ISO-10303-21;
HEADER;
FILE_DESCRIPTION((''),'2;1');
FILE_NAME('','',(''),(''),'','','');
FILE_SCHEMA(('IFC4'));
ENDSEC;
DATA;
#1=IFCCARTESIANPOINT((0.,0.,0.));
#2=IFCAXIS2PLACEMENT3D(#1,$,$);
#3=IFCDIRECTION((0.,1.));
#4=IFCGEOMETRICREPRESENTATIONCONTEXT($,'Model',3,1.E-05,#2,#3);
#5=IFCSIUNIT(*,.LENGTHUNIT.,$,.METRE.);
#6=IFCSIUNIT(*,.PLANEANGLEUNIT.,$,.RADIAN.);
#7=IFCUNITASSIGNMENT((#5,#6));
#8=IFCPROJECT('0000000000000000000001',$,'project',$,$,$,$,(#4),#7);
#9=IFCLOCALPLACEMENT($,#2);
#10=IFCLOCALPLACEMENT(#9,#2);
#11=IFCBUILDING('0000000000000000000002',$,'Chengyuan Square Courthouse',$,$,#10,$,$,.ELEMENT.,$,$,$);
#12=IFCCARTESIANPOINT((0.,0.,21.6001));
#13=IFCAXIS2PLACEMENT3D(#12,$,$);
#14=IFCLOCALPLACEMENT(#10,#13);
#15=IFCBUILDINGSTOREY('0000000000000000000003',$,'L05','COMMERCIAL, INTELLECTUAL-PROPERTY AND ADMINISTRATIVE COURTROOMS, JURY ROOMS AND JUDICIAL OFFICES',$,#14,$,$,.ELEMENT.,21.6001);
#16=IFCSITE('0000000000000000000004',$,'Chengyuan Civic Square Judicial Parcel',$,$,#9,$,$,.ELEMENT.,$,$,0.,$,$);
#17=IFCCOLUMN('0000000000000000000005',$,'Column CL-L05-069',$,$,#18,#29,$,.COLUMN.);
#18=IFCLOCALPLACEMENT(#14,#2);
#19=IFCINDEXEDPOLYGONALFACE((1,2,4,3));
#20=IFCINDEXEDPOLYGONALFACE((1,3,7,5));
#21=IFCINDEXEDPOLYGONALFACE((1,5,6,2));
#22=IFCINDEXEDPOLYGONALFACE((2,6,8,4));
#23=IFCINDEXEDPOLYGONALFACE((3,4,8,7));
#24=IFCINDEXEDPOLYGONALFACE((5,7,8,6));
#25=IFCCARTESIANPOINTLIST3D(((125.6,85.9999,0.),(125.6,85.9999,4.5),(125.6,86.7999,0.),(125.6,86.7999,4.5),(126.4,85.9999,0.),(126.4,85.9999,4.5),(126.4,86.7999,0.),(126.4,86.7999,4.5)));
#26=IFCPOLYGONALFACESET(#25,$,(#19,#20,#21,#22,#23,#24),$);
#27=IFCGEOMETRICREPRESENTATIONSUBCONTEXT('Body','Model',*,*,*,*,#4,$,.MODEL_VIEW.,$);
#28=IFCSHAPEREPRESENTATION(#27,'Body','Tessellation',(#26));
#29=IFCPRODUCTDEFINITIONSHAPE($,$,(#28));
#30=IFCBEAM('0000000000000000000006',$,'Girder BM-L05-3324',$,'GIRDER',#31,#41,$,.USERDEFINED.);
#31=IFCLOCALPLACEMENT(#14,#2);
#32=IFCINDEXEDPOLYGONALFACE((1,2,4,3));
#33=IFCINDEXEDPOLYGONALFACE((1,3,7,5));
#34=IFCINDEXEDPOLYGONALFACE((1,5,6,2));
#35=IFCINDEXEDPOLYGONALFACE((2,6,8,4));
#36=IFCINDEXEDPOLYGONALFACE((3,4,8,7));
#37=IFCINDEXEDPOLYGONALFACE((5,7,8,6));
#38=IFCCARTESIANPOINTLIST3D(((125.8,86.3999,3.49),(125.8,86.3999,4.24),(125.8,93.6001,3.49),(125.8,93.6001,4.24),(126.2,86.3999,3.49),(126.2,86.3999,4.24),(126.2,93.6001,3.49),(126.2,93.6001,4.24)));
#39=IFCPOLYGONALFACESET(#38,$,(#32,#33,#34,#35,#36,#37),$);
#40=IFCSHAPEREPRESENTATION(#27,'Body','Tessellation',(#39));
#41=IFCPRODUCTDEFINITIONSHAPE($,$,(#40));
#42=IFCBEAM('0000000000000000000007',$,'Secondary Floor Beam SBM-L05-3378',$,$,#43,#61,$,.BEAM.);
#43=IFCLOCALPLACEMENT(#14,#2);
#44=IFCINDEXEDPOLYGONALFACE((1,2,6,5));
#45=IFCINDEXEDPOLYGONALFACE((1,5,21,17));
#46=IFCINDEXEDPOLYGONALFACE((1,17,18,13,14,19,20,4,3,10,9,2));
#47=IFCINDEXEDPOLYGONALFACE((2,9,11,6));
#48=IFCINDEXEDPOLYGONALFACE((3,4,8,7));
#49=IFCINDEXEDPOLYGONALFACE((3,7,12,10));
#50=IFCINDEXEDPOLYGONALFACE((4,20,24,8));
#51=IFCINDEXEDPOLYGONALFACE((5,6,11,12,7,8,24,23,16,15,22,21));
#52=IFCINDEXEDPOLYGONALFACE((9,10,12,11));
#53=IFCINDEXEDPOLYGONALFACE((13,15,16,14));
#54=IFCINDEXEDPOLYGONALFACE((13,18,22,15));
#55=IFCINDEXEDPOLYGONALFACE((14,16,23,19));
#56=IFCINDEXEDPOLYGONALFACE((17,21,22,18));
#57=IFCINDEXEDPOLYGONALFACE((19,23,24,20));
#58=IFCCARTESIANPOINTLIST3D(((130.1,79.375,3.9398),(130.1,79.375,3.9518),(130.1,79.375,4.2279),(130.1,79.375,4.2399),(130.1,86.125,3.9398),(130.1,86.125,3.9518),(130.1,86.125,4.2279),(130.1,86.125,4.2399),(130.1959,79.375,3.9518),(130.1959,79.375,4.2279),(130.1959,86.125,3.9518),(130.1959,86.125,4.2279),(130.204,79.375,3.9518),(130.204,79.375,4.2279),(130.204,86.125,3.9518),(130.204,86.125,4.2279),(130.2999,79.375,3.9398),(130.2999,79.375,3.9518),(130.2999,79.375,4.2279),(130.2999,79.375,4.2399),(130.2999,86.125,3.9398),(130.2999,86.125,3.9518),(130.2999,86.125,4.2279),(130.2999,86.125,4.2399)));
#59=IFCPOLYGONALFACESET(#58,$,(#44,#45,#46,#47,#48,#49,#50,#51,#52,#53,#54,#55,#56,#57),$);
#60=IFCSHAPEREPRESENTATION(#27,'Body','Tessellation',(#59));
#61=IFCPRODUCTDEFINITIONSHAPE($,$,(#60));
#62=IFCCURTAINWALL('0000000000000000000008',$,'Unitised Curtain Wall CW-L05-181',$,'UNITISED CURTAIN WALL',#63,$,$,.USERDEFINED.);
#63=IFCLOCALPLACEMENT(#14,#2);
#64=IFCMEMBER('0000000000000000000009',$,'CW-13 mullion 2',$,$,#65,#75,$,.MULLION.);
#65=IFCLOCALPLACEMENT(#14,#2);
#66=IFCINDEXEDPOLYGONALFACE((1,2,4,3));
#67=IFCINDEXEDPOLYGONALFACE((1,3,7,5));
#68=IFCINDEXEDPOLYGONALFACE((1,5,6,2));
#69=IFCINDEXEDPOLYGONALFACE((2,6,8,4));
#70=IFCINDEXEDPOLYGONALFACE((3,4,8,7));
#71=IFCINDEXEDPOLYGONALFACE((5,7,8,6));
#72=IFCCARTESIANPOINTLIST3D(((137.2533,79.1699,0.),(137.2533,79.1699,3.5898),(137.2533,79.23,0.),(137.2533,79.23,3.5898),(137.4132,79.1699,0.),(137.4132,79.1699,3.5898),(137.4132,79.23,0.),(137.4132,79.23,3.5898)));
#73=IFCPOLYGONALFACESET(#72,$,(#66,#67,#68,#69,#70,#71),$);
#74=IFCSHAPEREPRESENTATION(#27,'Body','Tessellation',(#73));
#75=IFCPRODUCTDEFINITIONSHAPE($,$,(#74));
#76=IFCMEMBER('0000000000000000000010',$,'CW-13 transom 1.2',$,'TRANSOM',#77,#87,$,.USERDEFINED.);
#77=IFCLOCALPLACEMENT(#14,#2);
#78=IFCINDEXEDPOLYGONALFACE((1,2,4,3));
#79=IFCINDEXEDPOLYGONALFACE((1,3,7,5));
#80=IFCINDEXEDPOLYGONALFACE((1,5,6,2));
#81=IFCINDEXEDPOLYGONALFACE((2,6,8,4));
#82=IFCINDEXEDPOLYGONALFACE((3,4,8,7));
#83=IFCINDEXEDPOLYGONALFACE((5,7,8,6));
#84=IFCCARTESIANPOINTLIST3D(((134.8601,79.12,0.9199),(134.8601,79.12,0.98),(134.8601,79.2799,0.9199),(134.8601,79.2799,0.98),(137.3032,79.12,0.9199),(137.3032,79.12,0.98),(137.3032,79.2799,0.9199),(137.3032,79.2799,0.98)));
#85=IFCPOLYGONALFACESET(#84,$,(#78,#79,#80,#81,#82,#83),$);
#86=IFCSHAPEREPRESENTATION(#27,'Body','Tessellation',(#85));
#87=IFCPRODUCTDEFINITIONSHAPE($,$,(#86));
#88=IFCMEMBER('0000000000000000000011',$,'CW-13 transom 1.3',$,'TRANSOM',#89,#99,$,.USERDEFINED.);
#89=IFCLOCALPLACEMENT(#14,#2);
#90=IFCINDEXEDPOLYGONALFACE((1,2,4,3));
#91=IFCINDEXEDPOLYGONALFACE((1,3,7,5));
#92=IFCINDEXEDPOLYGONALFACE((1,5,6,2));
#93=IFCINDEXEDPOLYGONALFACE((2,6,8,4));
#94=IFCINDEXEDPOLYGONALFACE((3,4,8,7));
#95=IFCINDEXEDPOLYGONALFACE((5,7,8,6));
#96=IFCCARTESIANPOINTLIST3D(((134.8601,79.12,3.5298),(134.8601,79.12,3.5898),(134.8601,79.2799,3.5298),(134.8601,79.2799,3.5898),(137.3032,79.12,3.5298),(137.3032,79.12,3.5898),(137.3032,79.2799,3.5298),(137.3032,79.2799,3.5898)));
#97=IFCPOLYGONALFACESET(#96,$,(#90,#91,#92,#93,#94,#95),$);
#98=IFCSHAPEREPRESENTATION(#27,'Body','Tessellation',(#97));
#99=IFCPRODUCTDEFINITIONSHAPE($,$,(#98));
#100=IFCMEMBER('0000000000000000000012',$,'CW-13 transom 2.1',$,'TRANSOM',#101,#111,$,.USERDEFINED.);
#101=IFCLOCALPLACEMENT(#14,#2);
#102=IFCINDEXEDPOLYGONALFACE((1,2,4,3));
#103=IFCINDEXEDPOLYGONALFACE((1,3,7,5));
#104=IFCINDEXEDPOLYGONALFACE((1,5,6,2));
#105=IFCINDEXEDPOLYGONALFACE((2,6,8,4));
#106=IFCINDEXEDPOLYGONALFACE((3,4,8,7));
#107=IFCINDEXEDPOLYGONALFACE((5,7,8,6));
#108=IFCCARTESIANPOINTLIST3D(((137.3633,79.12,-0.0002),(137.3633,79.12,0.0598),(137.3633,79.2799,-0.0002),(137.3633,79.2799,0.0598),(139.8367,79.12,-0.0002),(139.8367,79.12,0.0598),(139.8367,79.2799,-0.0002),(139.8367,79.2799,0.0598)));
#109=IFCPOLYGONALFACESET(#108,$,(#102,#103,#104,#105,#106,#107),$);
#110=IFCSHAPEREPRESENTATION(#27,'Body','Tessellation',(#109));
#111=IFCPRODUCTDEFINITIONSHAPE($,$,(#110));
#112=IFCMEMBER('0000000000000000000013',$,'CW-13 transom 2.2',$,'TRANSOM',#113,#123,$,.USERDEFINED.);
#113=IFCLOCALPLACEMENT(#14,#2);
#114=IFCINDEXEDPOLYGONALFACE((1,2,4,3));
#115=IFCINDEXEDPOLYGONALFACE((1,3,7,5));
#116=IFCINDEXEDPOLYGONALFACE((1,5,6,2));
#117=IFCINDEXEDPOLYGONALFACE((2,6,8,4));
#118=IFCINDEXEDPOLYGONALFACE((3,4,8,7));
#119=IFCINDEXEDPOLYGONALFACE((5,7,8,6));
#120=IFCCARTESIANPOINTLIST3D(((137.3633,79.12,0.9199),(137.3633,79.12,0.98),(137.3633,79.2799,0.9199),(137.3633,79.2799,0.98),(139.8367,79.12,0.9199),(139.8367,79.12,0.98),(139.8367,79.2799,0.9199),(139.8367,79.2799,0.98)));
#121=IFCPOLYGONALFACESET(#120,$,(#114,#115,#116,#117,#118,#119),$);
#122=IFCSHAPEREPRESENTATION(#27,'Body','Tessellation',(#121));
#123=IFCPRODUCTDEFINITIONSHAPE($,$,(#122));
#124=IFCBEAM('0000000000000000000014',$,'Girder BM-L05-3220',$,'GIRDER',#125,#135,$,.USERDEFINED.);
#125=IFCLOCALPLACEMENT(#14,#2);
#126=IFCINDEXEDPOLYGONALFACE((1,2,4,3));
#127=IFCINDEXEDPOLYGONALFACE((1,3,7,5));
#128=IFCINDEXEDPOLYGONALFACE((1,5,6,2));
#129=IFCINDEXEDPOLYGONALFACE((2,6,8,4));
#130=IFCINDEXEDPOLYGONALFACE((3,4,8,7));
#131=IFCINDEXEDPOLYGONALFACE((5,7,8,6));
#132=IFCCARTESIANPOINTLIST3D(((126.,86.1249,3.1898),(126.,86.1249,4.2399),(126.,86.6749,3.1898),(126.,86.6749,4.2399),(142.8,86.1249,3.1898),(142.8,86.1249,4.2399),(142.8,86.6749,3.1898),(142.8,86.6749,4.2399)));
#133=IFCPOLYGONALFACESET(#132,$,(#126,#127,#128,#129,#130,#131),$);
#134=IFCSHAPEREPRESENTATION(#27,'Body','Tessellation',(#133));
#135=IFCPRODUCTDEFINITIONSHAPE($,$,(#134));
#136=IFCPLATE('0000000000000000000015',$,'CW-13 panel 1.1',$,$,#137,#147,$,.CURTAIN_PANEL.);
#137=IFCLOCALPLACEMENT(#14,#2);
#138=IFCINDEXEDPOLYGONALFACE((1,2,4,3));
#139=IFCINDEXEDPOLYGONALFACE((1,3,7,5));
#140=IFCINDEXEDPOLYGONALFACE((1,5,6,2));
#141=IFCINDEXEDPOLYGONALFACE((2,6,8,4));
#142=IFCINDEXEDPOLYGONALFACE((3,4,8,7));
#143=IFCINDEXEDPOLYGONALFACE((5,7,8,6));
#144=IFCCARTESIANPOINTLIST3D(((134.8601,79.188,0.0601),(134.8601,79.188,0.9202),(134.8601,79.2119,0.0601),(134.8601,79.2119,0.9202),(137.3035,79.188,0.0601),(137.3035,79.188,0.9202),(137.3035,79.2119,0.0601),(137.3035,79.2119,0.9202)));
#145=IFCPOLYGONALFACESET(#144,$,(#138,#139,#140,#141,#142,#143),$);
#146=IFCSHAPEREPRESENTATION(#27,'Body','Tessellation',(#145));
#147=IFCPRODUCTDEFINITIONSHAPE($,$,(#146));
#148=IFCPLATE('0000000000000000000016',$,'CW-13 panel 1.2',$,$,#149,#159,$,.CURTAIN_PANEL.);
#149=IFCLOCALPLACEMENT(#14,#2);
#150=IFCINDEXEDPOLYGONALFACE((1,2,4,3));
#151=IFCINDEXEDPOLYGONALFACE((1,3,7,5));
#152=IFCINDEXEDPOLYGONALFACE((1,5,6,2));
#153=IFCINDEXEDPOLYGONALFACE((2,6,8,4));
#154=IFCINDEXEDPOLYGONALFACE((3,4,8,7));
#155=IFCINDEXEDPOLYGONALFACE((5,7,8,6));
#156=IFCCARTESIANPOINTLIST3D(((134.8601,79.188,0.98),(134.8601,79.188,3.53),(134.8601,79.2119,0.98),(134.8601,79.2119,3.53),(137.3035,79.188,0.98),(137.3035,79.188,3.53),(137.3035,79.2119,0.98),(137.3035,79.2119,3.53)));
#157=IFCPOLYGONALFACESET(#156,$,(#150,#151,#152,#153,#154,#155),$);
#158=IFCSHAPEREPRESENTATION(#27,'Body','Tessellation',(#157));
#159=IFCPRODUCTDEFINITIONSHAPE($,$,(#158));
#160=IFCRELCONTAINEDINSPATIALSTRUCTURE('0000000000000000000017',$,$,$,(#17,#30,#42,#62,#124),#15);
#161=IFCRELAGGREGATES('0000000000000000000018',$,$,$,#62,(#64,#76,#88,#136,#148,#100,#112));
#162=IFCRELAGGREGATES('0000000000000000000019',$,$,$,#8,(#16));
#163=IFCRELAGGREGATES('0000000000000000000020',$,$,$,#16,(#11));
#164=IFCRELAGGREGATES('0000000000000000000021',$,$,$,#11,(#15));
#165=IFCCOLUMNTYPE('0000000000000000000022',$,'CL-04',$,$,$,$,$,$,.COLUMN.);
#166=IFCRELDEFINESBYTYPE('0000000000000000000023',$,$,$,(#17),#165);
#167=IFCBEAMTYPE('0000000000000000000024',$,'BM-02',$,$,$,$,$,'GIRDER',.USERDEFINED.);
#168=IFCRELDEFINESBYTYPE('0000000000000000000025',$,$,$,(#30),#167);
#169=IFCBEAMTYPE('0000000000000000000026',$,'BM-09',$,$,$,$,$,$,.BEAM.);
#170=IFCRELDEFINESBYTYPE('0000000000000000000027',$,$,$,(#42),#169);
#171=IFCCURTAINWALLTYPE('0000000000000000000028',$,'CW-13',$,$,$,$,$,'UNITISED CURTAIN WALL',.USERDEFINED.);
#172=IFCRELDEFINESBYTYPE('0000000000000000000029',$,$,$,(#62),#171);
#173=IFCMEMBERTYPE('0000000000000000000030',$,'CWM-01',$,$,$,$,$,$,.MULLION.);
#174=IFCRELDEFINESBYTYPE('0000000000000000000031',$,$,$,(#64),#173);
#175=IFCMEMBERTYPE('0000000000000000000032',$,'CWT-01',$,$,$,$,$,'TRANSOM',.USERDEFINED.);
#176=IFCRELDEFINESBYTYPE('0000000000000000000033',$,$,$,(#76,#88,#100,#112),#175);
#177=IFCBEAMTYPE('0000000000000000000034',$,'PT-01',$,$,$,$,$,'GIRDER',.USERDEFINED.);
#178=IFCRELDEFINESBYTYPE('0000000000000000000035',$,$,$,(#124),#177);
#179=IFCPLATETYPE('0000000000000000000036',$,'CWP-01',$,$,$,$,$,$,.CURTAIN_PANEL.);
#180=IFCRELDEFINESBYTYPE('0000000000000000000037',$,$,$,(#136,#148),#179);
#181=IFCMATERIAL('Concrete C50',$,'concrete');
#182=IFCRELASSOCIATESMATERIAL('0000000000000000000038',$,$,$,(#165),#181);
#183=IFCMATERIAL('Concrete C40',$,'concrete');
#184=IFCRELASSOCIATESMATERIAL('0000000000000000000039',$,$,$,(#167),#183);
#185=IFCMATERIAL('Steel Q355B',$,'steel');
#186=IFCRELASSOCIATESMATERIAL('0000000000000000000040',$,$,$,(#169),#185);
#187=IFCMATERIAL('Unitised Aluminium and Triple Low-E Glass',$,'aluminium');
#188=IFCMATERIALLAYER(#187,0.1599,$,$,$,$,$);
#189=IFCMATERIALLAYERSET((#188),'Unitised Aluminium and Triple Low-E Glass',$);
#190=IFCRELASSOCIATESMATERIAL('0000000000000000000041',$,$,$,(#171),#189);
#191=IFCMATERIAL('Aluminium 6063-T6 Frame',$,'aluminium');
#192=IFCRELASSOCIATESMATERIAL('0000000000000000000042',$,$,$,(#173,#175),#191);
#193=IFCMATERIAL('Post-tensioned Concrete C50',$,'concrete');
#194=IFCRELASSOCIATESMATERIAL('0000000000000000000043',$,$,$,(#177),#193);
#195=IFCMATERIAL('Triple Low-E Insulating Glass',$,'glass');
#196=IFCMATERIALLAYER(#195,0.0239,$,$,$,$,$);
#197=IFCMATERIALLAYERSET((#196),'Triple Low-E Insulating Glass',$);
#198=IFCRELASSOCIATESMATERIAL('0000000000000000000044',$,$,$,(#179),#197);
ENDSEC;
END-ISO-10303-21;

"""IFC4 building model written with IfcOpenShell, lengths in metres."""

from ifc_helpers import new_model, si_unit, direction, frame, origin, origin_2d, place, context, subcontext, project, spatial, rectangle, i_section, extrude, material, layer, layer_set, material_profile, profile_set, type_object, element, aggregate, save


model = new_model("IFC4")

# Units and contexts
model_context = context("Model", 3, precision=1e-05, world=origin(), true_north=direction((0.0, 1.0)))
body_context = subcontext(model_context, "Body", "Model", "MODEL_VIEW")
ifc_project = project(units=[si_unit("LENGTHUNIT", "METRE"), si_unit("PLANEANGLEUNIT", "RADIAN")], contexts=[model_context])

# Site, building, storey
site_placement = place(None, origin())
site = spatial("IfcSite", under=ifc_project, at=site_placement, Name="Chengyuan Civic Square Judicial Parcel", CompositionType="ELEMENT", RefElevation=0.0)
building_placement = place(site_placement, origin())
building = spatial("IfcBuilding", under=site, at=building_placement, Name="Chengyuan Square Courthouse", CompositionType="ELEMENT")
storey_placement = place(building_placement, frame((0.0, 0.0, 21.6001)))
storey = spatial("IfcBuildingStorey", under=building, at=storey_placement, Name="L05", Description="COMMERCIAL, INTELLECTUAL-PROPERTY AND ADMINISTRATIVE COURTROOMS, JURY ROOMS AND JUDICIAL OFFICES", CompositionType="ELEMENT", Elevation=21.6001)

# Column
ifc_material_1 = material(Name="Concrete C50", Category="concrete")
ifc_material_profile_1 = material_profile(ifc_material_1, rectangle(XDim=0.8, YDim=0.8, at=origin_2d()), Name="RC-COL-800x800")
ifc_profile_set_1 = profile_set([ifc_material_profile_1], Name="Concrete C50")
column_type = type_object("IfcColumnType", Name="CL-04", PredefinedType="COLUMN", material=ifc_profile_set_1)
column_placement = place(storey_placement, frame((126.0, 86.3999, 0.0), z_axis=(0.0, 0.0, 1.0), x_axis=(1.0, 0.0, 0.0)))
element("IfcColumn", 1, at=column_placement, inside=storey, type_object=column_type, Name="Column CL-L05-069", PredefinedType="COLUMN", context=body_context, shape_type="SweptSolid", body=[
    extrude(rectangle(XDim=0.8, YDim=0.8, at=origin_2d()), origin(), (0.0, 0.0, 1.0), 4.5),
])

# Beams
ifc_material_2 = material(Name="Concrete C40", Category="concrete")
ifc_material_profile_2 = material_profile(ifc_material_2, rectangle(XDim=0.3999, YDim=0.75, at=origin_2d()), Name="RC-BM-400x750")
ifc_profile_set_2 = profile_set([ifc_material_profile_2], Name="Concrete C40")
beam_type_1 = type_object("IfcBeamType", Name="BM-02", ElementType="GIRDER", PredefinedType="USERDEFINED", material=ifc_profile_set_2)
beam_1_placement = place(storey_placement, frame((126.0, 86.3999, 3.865), z_axis=(0.0, 1.0, 0.0), x_axis=(-1.0, 0.0, 0.0)))
element("IfcBeam", 2, at=beam_1_placement, inside=storey, type_object=beam_type_1, Name="Girder BM-L05-3324", ObjectType="GIRDER", PredefinedType="USERDEFINED", context=body_context, shape_type="SweptSolid", body=[
    extrude(rectangle(XDim=0.3999, YDim=0.75, at=origin_2d()), origin(), (0.0, 0.0, 1.0), 7.2002),
])
ifc_material_3 = material(Name="Steel Q355B", Category="steel")
ifc_material_profile_3 = material_profile(ifc_material_3, i_section(OverallWidth=0.2, OverallDepth=0.3, WebThickness=0.0081, FlangeThickness=0.012, at=origin_2d()), Name="HM 300x200x8x12")
ifc_profile_set_3 = profile_set([ifc_material_profile_3], Name="Steel Q355B")
beam_type_2 = type_object("IfcBeamType", Name="BM-09", PredefinedType="BEAM", material=ifc_profile_set_3)
beam_2_placement = place(storey_placement, frame((130.2, 79.375, 4.0898), z_axis=(0.0, 1.0, 0.0), x_axis=(-1.0, 0.0, 0.0)))
element("IfcBeam", 3, at=beam_2_placement, inside=storey, type_object=beam_type_2, Name="Secondary Floor Beam SBM-L05-3378", PredefinedType="BEAM", context=body_context, shape_type="SweptSolid", body=[
    extrude(i_section(OverallWidth=0.2, OverallDepth=0.3, WebThickness=0.0081, FlangeThickness=0.012, at=origin_2d()), origin(), (0.0, 0.0, 1.0), 6.75),
])

# Curtain wall, members
ifc_material_4 = material(Name="Unitised Aluminium and Triple Low-E Glass", Category="aluminium")
ifc_layer_1 = layer(ifc_material_4, 0.1599)
ifc_layer_set_1 = layer_set([ifc_layer_1], Name="Unitised Aluminium and Triple Low-E Glass")
curtain_wall_type = type_object("IfcCurtainWallType", Name="CW-13", ElementType="UNITISED CURTAIN WALL", PredefinedType="USERDEFINED", material=ifc_layer_set_1)
curtain_wall_placement = place(storey_placement, origin())
curtain_wall = element("IfcCurtainWall", 4, at=curtain_wall_placement, inside=storey, type_object=curtain_wall_type, Name="Unitised Curtain Wall CW-L05-181", ObjectType="UNITISED CURTAIN WALL", PredefinedType="USERDEFINED")
ifc_material_5 = material(Name="Aluminium 6063-T6 Frame", Category="aluminium")
ifc_material_profile_4 = material_profile(ifc_material_5, rectangle(XDim=0.0601, YDim=0.1599, at=origin_2d()), Name="CW-MUL-60x160")
ifc_profile_set_4 = profile_set([ifc_material_profile_4], Name="Aluminium 6063-T6 Frame")
member_type_1 = type_object("IfcMemberType", Name="CWM-01", PredefinedType="MULLION", material=ifc_profile_set_4)
member_1_placement = place(storey_placement, frame((137.3333, 79.2, 0.0), z_axis=(0.0, 0.0, 1.0), x_axis=(0.0, 1.0, 0.0)))
member_1 = element("IfcMember", 5, at=member_1_placement, type_object=member_type_1, Name="CW-13 mullion 2", PredefinedType="MULLION", context=body_context, shape_type="SweptSolid", body=[
    extrude(rectangle(XDim=0.0601, YDim=0.1599, at=origin_2d()), origin(), (0.0, 0.0, 1.0), 3.5898),
])
ifc_material_profile_5 = material_profile(ifc_material_5, rectangle(XDim=0.1599, YDim=0.0601, at=origin_2d()), Name="CW-TRN-60x120")
ifc_profile_set_5 = profile_set([ifc_material_profile_5], Name="Aluminium 6063-T6 Frame")
member_type_2 = type_object("IfcMemberType", Name="CWT-01", ElementType="TRANSOM", PredefinedType="USERDEFINED", material=ifc_profile_set_5)
member_2_placement = place(storey_placement, frame((134.8601, 79.2, 0.95), z_axis=(1.0, 0.0, 0.0), x_axis=(0.0, 1.0, 0.0)))
member_2 = element("IfcMember", 6, at=member_2_placement, type_object=member_type_2, Name="CW-13 transom 1.2", ObjectType="TRANSOM", PredefinedType="USERDEFINED", context=body_context, shape_type="SweptSolid", body=[
    extrude(rectangle(XDim=0.1599, YDim=0.0601, at=origin_2d()), origin(), (0.0, 0.0, 1.0), 2.4431),
])
member_3_placement = place(storey_placement, frame((134.8601, 79.2, 3.5598), z_axis=(1.0, 0.0, 0.0), x_axis=(0.0, 1.0, 0.0)))
member_3 = element("IfcMember", 7, at=member_3_placement, type_object=member_type_2, Name="CW-13 transom 1.3", ObjectType="TRANSOM", PredefinedType="USERDEFINED", context=body_context, shape_type="SweptSolid", body=[
    extrude(rectangle(XDim=0.1599, YDim=0.0601, at=origin_2d()), origin(), (0.0, 0.0, 1.0), 2.4431),
])
member_4_placement = place(storey_placement, frame((137.3633, 79.2, 0.0298), z_axis=(1.0, 0.0, 0.0), x_axis=(0.0, 1.0, 0.0)))
member_4 = element("IfcMember", 8, at=member_4_placement, type_object=member_type_2, Name="CW-13 transom 2.1", ObjectType="TRANSOM", PredefinedType="USERDEFINED", context=body_context, shape_type="SweptSolid", body=[
    extrude(rectangle(XDim=0.1599, YDim=0.0601, at=origin_2d()), origin(), (0.0, 0.0, 1.0), 2.4734),
])
member_5_placement = place(storey_placement, frame((137.3633, 79.2, 0.95), z_axis=(1.0, 0.0, 0.0), x_axis=(0.0, 1.0, 0.0)))
member_5 = element("IfcMember", 9, at=member_5_placement, type_object=member_type_2, Name="CW-13 transom 2.2", ObjectType="TRANSOM", PredefinedType="USERDEFINED", context=body_context, shape_type="SweptSolid", body=[
    extrude(rectangle(XDim=0.1599, YDim=0.0601, at=origin_2d()), origin(), (0.0, 0.0, 1.0), 2.4734),
])

# Beam
ifc_material_6 = material(Name="Post-tensioned Concrete C50", Category="concrete")
ifc_material_profile_6 = material_profile(ifc_material_6, rectangle(XDim=0.55, YDim=1.05, at=origin_2d()), Name="PT-BM-550x1050")
ifc_profile_set_6 = profile_set([ifc_material_profile_6], Name="Post-tensioned Concrete C50")
beam_type_3 = type_object("IfcBeamType", Name="PT-01", ElementType="GIRDER", PredefinedType="USERDEFINED", material=ifc_profile_set_6)
beam_3_placement = place(storey_placement, frame((126.0, 86.3999, 3.7148), z_axis=(1.0, 0.0, 0.0), x_axis=(0.0, 1.0, 0.0)))
element("IfcBeam", 10, at=beam_3_placement, inside=storey, type_object=beam_type_3, Name="Girder BM-L05-3220", ObjectType="GIRDER", PredefinedType="USERDEFINED", context=body_context, shape_type="SweptSolid", body=[
    extrude(rectangle(XDim=0.55, YDim=1.05, at=origin_2d()), origin(), (0.0, 0.0, 1.0), 16.8),
])

# Plates
ifc_material_7 = material(Name="Triple Low-E Insulating Glass", Category="glass")
ifc_layer_2 = layer(ifc_material_7, 0.0239)
ifc_layer_set_2 = layer_set([ifc_layer_2], Name="Triple Low-E Insulating Glass")
plate_type = type_object("IfcPlateType", Name="CWP-01", PredefinedType="CURTAIN_PANEL", material=ifc_layer_set_2)
plate_1_placement = place(storey_placement, frame((136.0818, 79.2, 0.0601), z_axis=(0.0, 0.0, 1.0), x_axis=(1.0, 0.0, 0.0)))
plate_1 = element("IfcPlate", 11, at=plate_1_placement, type_object=plate_type, Name="CW-13 panel 1.1", PredefinedType="CURTAIN_PANEL", context=body_context, shape_type="SweptSolid", body=[
    extrude(rectangle(XDim=2.4434, YDim=0.0239, at=origin_2d()), origin(), (0.0, 0.0, 1.0), 0.8601),
])
plate_2_placement = place(storey_placement, frame((136.0818, 79.2, 0.98), z_axis=(0.0, 0.0, 1.0), x_axis=(1.0, 0.0, 0.0)))
plate_2 = element("IfcPlate", 12, at=plate_2_placement, type_object=plate_type, Name="CW-13 panel 1.2", PredefinedType="CURTAIN_PANEL", context=body_context, shape_type="SweptSolid", body=[
    extrude(rectangle(XDim=2.4434, YDim=0.0239, at=origin_2d()), origin(), (0.0, 0.0, 1.0), 2.55),
])
aggregate(curtain_wall, [member_1, member_2, member_3, plate_1, plate_2, member_4, member_5])

save(model, "model.ifc")
